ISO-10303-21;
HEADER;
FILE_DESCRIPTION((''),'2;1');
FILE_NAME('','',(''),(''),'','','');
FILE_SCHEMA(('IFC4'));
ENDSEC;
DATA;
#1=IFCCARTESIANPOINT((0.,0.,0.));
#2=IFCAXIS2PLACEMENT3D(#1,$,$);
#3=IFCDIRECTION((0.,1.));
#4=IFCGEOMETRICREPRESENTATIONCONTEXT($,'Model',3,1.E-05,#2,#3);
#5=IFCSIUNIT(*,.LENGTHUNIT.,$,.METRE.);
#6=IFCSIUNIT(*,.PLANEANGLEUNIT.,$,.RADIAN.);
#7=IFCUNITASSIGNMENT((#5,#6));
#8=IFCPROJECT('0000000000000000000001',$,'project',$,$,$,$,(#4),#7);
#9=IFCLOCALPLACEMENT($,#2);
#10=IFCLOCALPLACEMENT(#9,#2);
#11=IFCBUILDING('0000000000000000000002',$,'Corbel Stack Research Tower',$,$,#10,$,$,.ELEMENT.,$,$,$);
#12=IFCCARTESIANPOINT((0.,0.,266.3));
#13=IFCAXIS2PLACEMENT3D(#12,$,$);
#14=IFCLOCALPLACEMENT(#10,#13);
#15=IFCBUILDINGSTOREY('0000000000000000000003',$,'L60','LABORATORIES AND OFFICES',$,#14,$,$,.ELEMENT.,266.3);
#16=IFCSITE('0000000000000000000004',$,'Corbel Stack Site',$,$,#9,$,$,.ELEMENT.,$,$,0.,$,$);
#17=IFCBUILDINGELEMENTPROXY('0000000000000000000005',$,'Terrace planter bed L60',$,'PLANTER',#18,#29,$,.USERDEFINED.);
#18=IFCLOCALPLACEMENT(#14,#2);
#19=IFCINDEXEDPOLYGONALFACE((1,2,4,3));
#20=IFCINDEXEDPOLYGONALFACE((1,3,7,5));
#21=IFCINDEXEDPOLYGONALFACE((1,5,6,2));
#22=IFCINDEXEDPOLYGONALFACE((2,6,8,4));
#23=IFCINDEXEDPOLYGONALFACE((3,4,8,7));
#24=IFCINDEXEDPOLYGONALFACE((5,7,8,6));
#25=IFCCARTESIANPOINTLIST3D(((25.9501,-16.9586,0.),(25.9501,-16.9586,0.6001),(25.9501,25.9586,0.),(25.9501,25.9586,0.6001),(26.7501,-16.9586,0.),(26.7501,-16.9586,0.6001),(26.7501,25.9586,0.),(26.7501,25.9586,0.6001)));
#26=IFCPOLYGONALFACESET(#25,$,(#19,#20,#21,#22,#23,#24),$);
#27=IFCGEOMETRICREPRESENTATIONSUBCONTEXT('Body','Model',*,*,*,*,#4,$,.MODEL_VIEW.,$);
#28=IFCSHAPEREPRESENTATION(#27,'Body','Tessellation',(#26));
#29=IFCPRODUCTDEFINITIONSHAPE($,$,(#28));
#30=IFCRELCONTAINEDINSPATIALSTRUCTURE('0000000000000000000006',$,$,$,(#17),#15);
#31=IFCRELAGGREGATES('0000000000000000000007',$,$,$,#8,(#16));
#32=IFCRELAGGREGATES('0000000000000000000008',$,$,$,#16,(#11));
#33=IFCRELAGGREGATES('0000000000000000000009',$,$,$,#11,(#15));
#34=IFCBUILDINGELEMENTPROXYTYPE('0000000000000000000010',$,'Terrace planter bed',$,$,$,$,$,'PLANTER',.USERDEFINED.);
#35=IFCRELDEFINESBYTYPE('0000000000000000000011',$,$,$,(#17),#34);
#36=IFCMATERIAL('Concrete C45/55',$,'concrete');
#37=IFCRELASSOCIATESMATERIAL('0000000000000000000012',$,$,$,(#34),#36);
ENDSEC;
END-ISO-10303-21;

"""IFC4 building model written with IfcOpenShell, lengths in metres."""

from ifc_helpers import new_model, si_unit, direction, frame, origin, origin_2d, place, context, subcontext, project, spatial, rectangle, extrude, material, type_object, element, save


model = new_model("IFC4")

# Units and contexts
model_context = context("Model", 3, precision=1e-05, world=origin(), true_north=direction((0.0, 1.0)))
body_context = subcontext(model_context, "Body", "Model", "MODEL_VIEW")
ifc_project = project(units=[si_unit("LENGTHUNIT", "METRE"), si_unit("PLANEANGLEUNIT", "RADIAN")], contexts=[model_context])

# Site, building, storey
site_placement = place(None, origin())
site = spatial("IfcSite", under=ifc_project, at=site_placement, Name="Corbel Stack Site", CompositionType="ELEMENT", RefElevation=0.0)
building_placement = place(site_placement, origin())
building = spatial("IfcBuilding", under=site, at=building_placement, Name="Corbel Stack Research Tower", CompositionType="ELEMENT")
storey_placement = place(building_placement, frame((0.0, 0.0, 266.3)))
storey = spatial("IfcBuildingStorey", under=building, at=storey_placement, Name="L60", Description="LABORATORIES AND OFFICES", CompositionType="ELEMENT", Elevation=266.3)

# Building element proxy
ifc_material_1 = material(Name="Concrete C45/55", Category="concrete")
building_element_proxy_type = type_object("IfcBuildingElementProxyType", Name="Terrace planter bed", ElementType="PLANTER", PredefinedType="USERDEFINED", material=ifc_material_1)
proxy_placement = place(storey_placement, frame((26.3501, 4.5, 0.0), z_axis=(0.0, 0.0, 1.0), x_axis=(0.0, -1.0, 0.0)))
element("IfcBuildingElementProxy", 1, at=proxy_placement, inside=storey, type_object=building_element_proxy_type, Name="Terrace planter bed L60", ObjectType="PLANTER", PredefinedType="USERDEFINED", context=body_context, shape_type="SweptSolid", body=[
    extrude(rectangle(XDim=42.9172, YDim=0.8, at=origin_2d()), origin(), (0.0, 0.0, 1.0), 0.6001),
])

save(model, "model.ifc")
